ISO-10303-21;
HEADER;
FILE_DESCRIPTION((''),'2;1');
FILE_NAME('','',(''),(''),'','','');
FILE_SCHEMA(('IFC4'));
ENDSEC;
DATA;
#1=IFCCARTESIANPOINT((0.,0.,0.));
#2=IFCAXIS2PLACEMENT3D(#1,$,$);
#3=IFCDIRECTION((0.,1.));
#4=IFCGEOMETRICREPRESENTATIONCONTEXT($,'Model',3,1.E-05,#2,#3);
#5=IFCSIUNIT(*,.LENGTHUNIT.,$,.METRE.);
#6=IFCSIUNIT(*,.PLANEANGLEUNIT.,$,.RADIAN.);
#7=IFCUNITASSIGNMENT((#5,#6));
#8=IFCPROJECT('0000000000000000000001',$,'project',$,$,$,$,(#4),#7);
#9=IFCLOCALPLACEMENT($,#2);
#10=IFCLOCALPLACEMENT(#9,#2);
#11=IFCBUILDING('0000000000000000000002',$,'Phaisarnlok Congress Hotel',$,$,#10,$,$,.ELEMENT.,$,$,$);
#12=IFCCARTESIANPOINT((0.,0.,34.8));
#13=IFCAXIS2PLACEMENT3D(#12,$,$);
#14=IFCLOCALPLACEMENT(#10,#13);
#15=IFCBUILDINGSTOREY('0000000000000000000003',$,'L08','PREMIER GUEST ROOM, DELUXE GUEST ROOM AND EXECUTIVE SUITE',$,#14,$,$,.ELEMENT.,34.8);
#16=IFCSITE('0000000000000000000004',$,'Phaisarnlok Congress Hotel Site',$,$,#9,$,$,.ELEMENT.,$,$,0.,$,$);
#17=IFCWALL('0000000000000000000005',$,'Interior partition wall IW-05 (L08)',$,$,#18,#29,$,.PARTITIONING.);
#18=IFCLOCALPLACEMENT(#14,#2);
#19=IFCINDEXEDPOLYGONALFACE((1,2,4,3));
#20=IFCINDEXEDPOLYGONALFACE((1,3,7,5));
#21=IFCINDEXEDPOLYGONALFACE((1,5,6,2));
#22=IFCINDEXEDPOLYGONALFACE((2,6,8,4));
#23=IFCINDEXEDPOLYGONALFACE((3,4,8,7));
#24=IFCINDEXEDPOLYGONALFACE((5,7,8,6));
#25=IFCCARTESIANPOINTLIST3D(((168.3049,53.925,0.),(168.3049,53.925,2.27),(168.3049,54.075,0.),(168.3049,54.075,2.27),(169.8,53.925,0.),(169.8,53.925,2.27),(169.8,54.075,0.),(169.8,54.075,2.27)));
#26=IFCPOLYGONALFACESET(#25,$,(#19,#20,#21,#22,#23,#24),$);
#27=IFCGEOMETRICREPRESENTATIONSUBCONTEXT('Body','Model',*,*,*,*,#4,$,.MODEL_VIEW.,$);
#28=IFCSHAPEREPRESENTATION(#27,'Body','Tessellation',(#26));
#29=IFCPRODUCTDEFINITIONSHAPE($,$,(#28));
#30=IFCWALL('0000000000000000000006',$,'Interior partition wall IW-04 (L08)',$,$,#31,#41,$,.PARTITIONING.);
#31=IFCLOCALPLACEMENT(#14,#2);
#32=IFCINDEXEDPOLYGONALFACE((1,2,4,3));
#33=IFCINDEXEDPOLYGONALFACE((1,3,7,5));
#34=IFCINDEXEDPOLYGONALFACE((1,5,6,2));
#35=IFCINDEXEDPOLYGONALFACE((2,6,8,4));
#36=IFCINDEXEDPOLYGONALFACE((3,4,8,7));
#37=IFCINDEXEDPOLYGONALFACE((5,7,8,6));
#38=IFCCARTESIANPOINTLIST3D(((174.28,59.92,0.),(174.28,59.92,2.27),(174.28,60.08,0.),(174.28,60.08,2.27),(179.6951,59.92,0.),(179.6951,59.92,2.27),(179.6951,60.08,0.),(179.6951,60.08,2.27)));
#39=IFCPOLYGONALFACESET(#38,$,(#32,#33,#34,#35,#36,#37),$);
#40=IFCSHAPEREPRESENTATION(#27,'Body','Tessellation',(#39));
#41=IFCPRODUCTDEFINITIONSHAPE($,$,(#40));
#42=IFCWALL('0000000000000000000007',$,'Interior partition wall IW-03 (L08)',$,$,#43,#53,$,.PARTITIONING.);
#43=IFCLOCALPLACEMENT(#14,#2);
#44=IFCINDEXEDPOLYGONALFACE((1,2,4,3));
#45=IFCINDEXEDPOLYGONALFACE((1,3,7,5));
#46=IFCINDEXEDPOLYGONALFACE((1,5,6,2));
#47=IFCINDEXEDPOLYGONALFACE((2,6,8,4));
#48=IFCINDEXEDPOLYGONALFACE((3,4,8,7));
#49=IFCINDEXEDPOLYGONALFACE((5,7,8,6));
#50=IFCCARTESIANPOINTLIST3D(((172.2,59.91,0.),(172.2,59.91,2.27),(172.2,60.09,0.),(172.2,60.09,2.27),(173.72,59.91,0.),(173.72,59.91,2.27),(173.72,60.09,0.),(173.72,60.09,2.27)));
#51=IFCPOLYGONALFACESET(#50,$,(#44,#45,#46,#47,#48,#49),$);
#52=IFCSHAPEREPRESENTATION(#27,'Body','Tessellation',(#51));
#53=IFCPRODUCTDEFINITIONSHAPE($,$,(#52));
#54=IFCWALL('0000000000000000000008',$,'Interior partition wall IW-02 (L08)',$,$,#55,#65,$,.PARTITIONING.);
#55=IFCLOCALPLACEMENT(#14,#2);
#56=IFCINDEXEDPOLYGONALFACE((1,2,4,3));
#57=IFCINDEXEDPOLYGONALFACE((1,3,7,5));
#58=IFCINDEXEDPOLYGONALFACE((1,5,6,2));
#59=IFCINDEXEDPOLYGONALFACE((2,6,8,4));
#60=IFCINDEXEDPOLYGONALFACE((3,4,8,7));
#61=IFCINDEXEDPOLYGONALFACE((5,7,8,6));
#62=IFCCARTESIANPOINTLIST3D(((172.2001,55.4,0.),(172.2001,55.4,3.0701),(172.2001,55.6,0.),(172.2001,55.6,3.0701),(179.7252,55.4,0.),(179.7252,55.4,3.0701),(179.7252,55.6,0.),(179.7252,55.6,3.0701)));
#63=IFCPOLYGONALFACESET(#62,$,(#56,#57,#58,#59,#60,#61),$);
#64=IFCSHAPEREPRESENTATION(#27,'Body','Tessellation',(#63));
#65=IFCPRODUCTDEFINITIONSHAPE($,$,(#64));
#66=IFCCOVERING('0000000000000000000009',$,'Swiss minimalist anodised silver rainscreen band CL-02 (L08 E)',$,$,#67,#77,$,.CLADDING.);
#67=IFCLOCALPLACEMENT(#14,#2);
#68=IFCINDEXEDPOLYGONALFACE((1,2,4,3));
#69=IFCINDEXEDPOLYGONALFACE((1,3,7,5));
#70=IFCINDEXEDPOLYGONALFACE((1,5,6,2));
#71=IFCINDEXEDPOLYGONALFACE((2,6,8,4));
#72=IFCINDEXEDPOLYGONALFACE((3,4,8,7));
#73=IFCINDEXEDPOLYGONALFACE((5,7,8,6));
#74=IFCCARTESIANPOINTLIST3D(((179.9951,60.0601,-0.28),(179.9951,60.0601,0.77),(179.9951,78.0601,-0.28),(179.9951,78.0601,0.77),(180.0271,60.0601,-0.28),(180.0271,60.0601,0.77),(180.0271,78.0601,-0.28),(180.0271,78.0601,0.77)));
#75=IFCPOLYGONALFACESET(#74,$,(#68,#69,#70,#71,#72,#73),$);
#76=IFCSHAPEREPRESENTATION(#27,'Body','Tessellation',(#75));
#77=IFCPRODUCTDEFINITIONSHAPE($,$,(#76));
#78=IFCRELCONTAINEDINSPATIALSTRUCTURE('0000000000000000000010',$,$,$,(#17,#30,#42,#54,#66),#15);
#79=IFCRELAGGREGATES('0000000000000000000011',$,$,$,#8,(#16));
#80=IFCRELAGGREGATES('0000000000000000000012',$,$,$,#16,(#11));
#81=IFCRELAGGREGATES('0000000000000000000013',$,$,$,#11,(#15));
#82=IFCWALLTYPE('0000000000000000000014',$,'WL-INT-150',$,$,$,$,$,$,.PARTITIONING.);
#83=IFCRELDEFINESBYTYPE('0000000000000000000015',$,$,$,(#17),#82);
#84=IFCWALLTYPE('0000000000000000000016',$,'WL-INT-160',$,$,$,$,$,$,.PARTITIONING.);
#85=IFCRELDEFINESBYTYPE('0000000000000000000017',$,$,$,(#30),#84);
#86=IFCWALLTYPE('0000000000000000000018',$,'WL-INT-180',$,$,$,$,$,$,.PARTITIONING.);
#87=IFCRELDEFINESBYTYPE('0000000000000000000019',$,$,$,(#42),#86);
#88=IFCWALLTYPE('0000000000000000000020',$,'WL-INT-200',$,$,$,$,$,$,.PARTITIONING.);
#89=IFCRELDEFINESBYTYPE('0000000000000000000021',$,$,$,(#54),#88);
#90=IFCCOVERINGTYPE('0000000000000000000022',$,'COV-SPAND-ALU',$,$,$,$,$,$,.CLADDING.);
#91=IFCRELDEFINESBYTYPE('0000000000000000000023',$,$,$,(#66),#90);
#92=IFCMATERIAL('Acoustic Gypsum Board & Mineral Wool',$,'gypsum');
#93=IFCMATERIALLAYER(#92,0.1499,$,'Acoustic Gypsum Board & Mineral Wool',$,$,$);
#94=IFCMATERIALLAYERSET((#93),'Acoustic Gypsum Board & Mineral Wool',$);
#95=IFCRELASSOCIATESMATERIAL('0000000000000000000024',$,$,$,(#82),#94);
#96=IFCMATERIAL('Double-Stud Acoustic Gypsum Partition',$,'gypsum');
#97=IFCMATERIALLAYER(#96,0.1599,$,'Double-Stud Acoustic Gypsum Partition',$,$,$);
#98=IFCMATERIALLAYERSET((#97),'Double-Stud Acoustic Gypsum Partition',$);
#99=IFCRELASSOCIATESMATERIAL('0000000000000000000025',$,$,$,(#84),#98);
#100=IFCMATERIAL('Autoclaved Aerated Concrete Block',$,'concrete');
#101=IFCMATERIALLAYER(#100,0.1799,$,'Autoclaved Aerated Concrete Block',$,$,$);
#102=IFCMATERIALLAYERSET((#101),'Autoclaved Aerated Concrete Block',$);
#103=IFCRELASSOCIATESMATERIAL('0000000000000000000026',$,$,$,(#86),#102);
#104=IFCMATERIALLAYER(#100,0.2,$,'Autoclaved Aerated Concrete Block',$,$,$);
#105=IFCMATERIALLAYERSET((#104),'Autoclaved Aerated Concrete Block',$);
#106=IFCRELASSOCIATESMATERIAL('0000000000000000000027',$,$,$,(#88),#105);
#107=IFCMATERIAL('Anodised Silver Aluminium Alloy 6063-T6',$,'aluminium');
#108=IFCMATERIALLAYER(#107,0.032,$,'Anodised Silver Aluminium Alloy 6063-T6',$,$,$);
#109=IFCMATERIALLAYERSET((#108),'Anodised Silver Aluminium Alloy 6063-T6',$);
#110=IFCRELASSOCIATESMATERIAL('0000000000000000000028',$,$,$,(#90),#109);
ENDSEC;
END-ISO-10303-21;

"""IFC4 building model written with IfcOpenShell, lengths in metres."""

from ifc_helpers import new_model, si_unit, direction, frame, frame_2d, origin, place, context, subcontext, project, spatial, polyline, rectangle, outline, extrude, material, layer, layer_set, type_object, element, save


model = new_model("IFC4")

# Units and contexts
model_context = context("Model", 3, precision=1e-05, world=origin(), true_north=direction((0.0, 1.0)))
body_context = subcontext(model_context, "Body", "Model", "MODEL_VIEW")
ifc_project = project(units=[si_unit("LENGTHUNIT", "METRE"), si_unit("PLANEANGLEUNIT", "RADIAN")], contexts=[model_context])

# Site, building, storey
site_placement = place(None, origin())
site = spatial("IfcSite", under=ifc_project, at=site_placement, Name="Phaisarnlok Congress Hotel Site", CompositionType="ELEMENT", RefElevation=0.0)
building_placement = place(site_placement, origin())
building = spatial("IfcBuilding", under=site, at=building_placement, Name="Phaisarnlok Congress Hotel", CompositionType="ELEMENT")
storey_placement = place(building_placement, frame((0.0, 0.0, 34.8)))
storey = spatial("IfcBuildingStorey", under=building, at=storey_placement, Name="L08", Description="PREMIER GUEST ROOM, DELUXE GUEST ROOM AND EXECUTIVE SUITE", CompositionType="ELEMENT", Elevation=34.8)

# Walls
ifc_material_1 = material(Name="Acoustic Gypsum Board & Mineral Wool", Category="gypsum")
ifc_layer_1 = layer(ifc_material_1, 0.1499, Name="Acoustic Gypsum Board & Mineral Wool")
ifc_layer_set_1 = layer_set([ifc_layer_1], Name="Acoustic Gypsum Board & Mineral Wool")
wall_type_1 = type_object("IfcWallType", Name="WL-INT-150", PredefinedType="PARTITIONING", material=ifc_layer_set_1)
wall_1_placement = place(storey_placement, frame((168.3049, 54.0, 0.0), z_axis=(0.0, 0.0, 1.0), x_axis=(1.0, 0.0, 0.0)))
element("IfcWall", 1, at=wall_1_placement, inside=storey, type_object=wall_type_1, Name="Interior partition wall IW-05 (L08)", PredefinedType="PARTITIONING", context=body_context, shape_type="SweptSolid", body=[
    extrude(rectangle(XDim=1.4951, YDim=0.1499, at=frame_2d((0.7476, 0.0))), origin(), (0.0, 0.0, 1.0), 2.27),
])
ifc_material_2 = material(Name="Double-Stud Acoustic Gypsum Partition", Category="gypsum")
ifc_layer_2 = layer(ifc_material_2, 0.1599, Name="Double-Stud Acoustic Gypsum Partition")
ifc_layer_set_2 = layer_set([ifc_layer_2], Name="Double-Stud Acoustic Gypsum Partition")
wall_type_2 = type_object("IfcWallType", Name="WL-INT-160", PredefinedType="PARTITIONING", material=ifc_layer_set_2)
wall_2_placement = place(storey_placement, frame((174.28, 60.0, 0.0), z_axis=(0.0, 0.0, 1.0), x_axis=(1.0, 0.0, 0.0)))
element("IfcWall", 2, at=wall_2_placement, inside=storey, type_object=wall_type_2, Name="Interior partition wall IW-04 (L08)", PredefinedType="PARTITIONING", context=body_context, shape_type="SweptSolid", body=[
    extrude(rectangle(XDim=5.415, YDim=0.1599, at=frame_2d((2.7075, 0.0))), origin(), (0.0, 0.0, 1.0), 2.27),
])
ifc_material_3 = material(Name="Autoclaved Aerated Concrete Block", Category="concrete")
ifc_layer_3 = layer(ifc_material_3, 0.1799, Name="Autoclaved Aerated Concrete Block")
ifc_layer_set_3 = layer_set([ifc_layer_3], Name="Autoclaved Aerated Concrete Block")
wall_type_3 = type_object("IfcWallType", Name="WL-INT-180", PredefinedType="PARTITIONING", material=ifc_layer_set_3)
wall_3_placement = place(storey_placement, frame((172.2, 60.0, 0.0), z_axis=(0.0, 0.0, 1.0), x_axis=(1.0, 0.0, 0.0)))
element("IfcWall", 3, at=wall_3_placement, inside=storey, type_object=wall_type_3, Name="Interior partition wall IW-03 (L08)", PredefinedType="PARTITIONING", context=body_context, shape_type="SweptSolid", body=[
    extrude(rectangle(XDim=1.52, YDim=0.1799, at=frame_2d((0.76, 0.0))), origin(), (0.0, 0.0, 1.0), 2.27),
])
ifc_layer_4 = layer(ifc_material_3, 0.2, Name="Autoclaved Aerated Concrete Block")
ifc_layer_set_4 = layer_set([ifc_layer_4], Name="Autoclaved Aerated Concrete Block")
wall_type_4 = type_object("IfcWallType", Name="WL-INT-200", PredefinedType="PARTITIONING", material=ifc_layer_set_4)
wall_4_placement = place(storey_placement, frame((172.2, 55.5, 0.0), z_axis=(0.0, 0.0, 1.0), x_axis=(1.0, 0.0, 0.0)))
element("IfcWall", 4, at=wall_4_placement, inside=storey, type_object=wall_type_4, Name="Interior partition wall IW-02 (L08)", PredefinedType="PARTITIONING", context=body_context, shape_type="SweptSolid", body=[
    extrude(rectangle(XDim=7.5251, YDim=0.2, at=frame_2d((3.7627, 0.0))), origin(), (0.0, 0.0, 1.0), 3.0701),
])

# Covering
ifc_material_4 = material(Name="Anodised Silver Aluminium Alloy 6063-T6", Category="aluminium")
ifc_layer_5 = layer(ifc_material_4, 0.032, Name="Anodised Silver Aluminium Alloy 6063-T6")
ifc_layer_set_5 = layer_set([ifc_layer_5], Name="Anodised Silver Aluminium Alloy 6063-T6")
covering_type = type_object("IfcCoveringType", Name="COV-SPAND-ALU", PredefinedType="CLADDING", material=ifc_layer_set_5)
covering_placement = place(storey_placement, frame((179.9951, 60.0601, -0.28), z_axis=(1.0, 0.0, 0.0), x_axis=(0.0, 1.0, 0.0)))
element("IfcCovering", 5, at=covering_placement, inside=storey, type_object=covering_type, Name="Swiss minimalist anodised silver rainscreen band CL-02 (L08 E)", PredefinedType="CLADDING", context=body_context, shape_type="SweptSolid", body=[
    extrude(outline(polyline([(0.0, 0.0), (18.0, 0.0), (18.0, 1.05), (0.0, 1.05), (0.0, 0.0)])), origin(), (0.0, 0.0, 1.0), 0.032),
])

save(model, "model.ifc")
